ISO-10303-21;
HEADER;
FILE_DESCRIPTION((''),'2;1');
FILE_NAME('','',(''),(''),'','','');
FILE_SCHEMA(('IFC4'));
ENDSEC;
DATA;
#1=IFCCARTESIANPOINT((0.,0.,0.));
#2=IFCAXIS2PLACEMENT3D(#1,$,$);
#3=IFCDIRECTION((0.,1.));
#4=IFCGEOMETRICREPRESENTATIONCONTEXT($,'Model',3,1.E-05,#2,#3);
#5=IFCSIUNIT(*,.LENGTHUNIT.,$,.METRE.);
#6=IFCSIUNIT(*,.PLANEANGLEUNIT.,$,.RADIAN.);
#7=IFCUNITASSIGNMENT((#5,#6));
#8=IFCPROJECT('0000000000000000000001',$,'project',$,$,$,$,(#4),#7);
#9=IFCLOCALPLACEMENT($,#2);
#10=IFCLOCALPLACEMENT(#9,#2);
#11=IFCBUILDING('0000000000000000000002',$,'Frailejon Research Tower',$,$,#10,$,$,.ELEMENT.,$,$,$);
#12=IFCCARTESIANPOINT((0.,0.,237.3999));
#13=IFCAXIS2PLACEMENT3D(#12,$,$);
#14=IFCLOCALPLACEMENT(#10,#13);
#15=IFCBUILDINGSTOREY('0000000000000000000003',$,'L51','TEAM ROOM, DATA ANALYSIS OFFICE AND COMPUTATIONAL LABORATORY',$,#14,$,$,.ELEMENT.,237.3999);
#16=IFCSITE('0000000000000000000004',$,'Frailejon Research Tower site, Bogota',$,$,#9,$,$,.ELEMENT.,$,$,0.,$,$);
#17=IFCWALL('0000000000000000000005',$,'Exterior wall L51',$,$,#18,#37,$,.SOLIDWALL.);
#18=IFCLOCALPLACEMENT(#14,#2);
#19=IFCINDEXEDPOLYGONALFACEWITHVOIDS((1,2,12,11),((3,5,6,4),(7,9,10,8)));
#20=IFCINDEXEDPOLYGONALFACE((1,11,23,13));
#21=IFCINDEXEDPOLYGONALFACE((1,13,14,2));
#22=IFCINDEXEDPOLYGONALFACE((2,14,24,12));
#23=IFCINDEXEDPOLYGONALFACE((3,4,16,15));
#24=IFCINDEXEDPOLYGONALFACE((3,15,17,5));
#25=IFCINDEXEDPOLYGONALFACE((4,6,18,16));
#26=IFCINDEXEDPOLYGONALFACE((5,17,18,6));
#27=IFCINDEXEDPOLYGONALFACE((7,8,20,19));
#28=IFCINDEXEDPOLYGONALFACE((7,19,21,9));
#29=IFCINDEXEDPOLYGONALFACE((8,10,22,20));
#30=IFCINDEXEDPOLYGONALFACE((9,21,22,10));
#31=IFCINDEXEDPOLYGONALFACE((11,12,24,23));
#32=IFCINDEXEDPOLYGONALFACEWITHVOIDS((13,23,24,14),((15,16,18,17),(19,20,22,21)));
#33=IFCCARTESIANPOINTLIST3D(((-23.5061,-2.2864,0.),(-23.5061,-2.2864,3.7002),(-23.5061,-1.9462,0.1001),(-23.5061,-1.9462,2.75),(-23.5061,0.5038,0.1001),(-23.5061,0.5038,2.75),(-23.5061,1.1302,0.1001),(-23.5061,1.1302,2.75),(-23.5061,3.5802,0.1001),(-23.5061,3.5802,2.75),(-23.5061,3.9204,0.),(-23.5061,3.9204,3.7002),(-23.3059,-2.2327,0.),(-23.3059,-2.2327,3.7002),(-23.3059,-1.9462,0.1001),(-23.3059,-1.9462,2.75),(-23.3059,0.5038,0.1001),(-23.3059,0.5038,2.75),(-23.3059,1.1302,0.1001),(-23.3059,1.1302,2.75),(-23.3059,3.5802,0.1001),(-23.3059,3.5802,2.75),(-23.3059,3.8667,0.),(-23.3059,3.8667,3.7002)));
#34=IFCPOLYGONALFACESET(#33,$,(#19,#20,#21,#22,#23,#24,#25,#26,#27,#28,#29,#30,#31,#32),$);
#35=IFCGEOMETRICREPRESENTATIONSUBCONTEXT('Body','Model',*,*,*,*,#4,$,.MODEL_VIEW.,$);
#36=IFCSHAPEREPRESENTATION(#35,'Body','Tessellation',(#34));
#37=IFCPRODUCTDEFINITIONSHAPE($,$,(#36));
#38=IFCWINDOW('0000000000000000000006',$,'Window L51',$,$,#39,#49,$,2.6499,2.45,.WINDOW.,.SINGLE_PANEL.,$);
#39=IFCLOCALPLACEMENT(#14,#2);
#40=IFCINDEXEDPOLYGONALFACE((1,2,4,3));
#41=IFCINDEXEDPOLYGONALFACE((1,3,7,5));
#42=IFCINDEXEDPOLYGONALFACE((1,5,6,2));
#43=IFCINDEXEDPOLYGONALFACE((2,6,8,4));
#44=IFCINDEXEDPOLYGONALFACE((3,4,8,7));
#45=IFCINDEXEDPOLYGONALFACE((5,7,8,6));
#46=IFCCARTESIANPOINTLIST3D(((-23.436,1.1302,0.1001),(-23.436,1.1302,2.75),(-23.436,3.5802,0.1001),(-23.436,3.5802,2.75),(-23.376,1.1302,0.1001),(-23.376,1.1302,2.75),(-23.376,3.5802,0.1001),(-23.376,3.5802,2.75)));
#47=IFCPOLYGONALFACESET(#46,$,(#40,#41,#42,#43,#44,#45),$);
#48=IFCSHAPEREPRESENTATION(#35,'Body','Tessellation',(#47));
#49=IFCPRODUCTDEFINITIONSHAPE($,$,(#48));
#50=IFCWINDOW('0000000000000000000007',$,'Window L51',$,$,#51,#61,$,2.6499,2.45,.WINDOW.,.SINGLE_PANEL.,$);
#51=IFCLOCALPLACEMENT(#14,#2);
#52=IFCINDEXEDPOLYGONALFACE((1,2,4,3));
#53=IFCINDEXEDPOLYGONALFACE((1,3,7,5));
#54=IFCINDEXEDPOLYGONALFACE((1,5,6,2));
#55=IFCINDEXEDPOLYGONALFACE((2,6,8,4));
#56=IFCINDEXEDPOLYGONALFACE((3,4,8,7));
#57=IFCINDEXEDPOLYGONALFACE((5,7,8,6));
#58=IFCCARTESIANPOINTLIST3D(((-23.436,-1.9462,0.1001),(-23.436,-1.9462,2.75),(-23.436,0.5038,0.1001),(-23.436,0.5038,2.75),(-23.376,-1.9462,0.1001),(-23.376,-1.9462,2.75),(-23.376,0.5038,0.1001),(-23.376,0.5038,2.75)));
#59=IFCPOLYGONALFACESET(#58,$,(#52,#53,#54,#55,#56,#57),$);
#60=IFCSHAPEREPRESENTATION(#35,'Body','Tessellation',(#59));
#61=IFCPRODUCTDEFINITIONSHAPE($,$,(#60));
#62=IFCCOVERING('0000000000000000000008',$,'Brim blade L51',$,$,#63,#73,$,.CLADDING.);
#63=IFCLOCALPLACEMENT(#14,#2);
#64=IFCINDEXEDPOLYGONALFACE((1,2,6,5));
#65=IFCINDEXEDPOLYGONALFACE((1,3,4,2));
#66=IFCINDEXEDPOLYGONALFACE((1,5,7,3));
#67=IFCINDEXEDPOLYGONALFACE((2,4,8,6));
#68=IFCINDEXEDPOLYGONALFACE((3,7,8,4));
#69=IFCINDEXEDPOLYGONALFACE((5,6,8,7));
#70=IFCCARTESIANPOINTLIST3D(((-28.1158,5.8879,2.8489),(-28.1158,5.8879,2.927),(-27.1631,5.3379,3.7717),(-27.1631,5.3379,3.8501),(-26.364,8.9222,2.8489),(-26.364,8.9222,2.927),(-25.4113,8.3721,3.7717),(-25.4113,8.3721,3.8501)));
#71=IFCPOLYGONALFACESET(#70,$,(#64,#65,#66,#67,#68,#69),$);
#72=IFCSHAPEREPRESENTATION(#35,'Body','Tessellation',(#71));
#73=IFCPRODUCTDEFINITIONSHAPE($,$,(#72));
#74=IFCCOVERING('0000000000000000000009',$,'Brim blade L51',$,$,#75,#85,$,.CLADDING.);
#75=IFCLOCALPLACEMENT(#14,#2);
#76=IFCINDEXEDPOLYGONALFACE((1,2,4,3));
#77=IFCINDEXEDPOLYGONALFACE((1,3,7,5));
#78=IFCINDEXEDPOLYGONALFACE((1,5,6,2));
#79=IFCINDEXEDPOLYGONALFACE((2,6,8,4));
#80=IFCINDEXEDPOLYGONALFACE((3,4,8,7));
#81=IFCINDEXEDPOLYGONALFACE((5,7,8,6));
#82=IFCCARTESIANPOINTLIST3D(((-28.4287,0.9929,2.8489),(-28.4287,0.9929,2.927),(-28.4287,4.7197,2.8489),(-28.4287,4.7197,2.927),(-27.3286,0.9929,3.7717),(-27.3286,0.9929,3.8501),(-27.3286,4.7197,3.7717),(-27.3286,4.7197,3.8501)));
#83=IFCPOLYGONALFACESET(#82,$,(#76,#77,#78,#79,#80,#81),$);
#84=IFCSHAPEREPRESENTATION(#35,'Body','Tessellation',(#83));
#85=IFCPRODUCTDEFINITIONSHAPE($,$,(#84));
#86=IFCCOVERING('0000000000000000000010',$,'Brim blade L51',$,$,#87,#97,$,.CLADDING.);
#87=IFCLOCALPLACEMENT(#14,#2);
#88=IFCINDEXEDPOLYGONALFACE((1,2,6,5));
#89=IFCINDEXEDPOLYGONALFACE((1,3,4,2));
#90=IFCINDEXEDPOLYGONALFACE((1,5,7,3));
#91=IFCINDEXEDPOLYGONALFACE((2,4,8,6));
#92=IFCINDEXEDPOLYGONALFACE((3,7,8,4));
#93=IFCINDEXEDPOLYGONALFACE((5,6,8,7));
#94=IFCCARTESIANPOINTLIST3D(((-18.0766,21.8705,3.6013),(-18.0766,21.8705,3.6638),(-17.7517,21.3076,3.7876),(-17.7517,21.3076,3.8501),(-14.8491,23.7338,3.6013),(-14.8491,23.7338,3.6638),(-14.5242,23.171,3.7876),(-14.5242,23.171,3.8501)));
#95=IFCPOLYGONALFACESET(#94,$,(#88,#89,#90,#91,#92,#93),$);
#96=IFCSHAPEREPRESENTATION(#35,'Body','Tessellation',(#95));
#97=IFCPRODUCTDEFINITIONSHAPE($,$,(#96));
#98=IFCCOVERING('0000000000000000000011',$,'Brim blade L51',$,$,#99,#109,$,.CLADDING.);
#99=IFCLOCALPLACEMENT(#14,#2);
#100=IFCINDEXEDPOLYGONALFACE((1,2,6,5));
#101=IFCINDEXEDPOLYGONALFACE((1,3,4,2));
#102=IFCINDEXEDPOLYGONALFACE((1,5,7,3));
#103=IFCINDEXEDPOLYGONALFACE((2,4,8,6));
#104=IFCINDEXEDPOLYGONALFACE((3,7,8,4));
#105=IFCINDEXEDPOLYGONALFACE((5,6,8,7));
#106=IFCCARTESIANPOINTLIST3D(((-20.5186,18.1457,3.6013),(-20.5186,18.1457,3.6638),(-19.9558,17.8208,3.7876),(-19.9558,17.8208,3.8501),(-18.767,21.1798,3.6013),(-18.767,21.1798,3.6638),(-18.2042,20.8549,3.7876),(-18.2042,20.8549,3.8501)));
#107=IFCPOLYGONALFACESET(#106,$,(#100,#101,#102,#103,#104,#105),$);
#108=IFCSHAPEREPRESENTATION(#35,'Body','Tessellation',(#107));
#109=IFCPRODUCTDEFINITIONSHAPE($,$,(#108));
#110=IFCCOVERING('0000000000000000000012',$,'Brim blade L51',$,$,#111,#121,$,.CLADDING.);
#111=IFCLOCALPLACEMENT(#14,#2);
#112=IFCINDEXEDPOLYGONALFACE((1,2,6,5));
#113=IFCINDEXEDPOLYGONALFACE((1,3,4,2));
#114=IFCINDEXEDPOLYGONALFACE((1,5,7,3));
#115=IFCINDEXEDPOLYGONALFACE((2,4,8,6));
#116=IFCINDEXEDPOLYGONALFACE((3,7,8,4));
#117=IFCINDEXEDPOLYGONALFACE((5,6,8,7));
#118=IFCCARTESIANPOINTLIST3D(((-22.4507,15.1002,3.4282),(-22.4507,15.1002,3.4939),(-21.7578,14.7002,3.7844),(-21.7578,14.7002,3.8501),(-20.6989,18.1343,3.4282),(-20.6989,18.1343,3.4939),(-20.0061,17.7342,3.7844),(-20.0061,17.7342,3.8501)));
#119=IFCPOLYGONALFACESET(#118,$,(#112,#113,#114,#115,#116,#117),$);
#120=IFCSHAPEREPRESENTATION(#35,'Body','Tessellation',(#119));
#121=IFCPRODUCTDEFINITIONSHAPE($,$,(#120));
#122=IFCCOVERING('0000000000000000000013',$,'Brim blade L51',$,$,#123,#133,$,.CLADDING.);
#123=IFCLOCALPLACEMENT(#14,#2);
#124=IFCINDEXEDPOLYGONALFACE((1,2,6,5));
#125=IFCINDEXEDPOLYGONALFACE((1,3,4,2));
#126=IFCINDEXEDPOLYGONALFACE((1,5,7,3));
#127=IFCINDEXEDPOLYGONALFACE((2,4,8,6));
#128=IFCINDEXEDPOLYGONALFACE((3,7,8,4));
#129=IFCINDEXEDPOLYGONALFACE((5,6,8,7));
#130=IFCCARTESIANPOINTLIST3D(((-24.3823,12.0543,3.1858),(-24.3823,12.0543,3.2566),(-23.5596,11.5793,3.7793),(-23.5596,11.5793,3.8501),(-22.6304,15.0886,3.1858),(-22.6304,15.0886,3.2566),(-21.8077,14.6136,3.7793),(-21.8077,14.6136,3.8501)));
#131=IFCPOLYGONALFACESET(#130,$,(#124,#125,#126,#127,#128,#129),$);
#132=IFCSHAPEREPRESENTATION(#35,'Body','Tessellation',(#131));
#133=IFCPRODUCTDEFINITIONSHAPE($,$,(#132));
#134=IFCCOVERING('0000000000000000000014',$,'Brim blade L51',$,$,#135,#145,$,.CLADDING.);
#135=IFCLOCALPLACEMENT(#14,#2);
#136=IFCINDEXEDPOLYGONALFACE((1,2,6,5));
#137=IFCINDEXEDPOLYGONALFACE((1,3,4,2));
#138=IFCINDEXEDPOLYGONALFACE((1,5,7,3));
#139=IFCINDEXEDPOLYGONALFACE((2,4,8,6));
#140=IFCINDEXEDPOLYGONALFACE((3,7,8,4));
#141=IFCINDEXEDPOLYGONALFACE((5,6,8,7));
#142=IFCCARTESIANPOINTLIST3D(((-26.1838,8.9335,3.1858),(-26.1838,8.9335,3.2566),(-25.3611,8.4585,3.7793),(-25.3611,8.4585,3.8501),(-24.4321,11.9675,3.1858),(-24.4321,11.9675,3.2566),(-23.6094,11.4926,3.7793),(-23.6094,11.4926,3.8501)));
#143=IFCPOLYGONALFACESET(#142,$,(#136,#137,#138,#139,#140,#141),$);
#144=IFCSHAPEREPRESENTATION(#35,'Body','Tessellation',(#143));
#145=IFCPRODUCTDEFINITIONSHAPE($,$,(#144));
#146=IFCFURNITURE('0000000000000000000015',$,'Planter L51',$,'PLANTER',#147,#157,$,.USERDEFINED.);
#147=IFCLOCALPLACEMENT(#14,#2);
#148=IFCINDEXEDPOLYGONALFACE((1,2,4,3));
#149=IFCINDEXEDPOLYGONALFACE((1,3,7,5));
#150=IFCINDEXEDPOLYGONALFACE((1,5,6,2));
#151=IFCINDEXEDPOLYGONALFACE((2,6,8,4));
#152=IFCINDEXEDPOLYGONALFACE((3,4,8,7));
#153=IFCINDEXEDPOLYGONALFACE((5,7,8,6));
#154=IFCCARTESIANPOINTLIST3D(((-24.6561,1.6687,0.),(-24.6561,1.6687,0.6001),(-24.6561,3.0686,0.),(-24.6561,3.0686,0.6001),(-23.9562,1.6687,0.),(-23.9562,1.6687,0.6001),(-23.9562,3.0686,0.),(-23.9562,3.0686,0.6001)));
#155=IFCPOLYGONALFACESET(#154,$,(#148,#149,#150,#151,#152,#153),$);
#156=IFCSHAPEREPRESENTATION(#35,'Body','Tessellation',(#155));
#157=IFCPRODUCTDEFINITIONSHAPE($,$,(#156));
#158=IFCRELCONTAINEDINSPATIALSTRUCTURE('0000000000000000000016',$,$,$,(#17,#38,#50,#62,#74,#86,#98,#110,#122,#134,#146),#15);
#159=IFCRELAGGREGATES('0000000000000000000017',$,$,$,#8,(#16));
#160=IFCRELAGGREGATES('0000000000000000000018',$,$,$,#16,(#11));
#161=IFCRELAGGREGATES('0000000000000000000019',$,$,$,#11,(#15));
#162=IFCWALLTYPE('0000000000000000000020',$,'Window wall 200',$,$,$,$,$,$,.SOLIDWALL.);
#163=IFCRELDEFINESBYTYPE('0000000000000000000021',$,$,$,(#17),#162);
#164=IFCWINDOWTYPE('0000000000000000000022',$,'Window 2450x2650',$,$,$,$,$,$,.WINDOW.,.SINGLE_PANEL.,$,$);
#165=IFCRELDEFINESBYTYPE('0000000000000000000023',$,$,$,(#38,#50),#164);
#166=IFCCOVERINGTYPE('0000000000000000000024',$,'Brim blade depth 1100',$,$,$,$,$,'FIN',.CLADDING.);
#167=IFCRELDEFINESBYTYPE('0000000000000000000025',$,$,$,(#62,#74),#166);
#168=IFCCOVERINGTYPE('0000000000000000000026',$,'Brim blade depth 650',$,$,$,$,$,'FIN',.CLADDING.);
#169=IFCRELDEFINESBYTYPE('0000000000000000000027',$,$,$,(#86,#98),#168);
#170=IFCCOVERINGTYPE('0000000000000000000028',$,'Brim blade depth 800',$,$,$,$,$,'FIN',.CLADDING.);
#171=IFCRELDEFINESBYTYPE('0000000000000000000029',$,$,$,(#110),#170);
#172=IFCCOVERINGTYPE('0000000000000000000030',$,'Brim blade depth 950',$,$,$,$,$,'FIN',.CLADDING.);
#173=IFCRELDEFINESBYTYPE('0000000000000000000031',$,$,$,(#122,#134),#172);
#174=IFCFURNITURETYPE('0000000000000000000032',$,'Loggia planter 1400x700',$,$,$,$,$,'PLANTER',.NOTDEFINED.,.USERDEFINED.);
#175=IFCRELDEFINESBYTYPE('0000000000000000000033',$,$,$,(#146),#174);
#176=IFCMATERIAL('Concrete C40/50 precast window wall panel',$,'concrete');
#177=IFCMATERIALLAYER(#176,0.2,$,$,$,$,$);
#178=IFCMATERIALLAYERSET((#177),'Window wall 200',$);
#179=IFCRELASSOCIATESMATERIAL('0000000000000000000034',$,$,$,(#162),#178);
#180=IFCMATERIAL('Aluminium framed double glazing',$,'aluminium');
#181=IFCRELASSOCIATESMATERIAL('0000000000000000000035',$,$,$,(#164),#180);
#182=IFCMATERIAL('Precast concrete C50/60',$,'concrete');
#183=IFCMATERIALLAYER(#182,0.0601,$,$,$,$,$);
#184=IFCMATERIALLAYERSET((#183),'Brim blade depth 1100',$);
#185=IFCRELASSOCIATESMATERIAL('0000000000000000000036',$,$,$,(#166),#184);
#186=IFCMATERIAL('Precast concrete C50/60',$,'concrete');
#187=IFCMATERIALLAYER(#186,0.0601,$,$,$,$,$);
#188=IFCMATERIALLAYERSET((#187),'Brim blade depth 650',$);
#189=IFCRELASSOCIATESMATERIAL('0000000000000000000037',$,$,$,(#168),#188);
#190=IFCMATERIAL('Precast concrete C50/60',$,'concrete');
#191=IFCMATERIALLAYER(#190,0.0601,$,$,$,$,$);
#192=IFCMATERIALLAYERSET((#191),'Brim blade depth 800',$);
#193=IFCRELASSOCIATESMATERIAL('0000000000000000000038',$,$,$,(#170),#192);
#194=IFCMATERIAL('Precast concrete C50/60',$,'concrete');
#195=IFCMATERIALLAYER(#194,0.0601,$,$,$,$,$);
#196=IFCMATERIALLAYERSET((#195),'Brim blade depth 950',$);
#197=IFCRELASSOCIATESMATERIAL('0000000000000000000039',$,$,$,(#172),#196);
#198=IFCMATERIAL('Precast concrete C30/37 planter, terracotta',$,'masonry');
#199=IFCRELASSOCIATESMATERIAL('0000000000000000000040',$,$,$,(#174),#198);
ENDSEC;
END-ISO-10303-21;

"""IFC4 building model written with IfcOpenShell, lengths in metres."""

from ifc_helpers import new_model, si_unit, direction, frame, frame_2d, origin, origin_2d, place, context, subcontext, project, spatial, polyline, rectangle, outline, extrude, material, layer, layer_set, type_object, element, fill, save


model = new_model("IFC4")

# Units and contexts
model_context = context("Model", 3, precision=1e-05, world=origin(), true_north=direction((0.0, 1.0)))
body_context = subcontext(model_context, "Body", "Model", "MODEL_VIEW")
ifc_project = project(units=[si_unit("LENGTHUNIT", "METRE"), si_unit("PLANEANGLEUNIT", "RADIAN")], contexts=[model_context])

# Site, building, storey
site_placement = place(None, origin())
site = spatial("IfcSite", under=ifc_project, at=site_placement, Name="Frailejon Research Tower site, Bogota", CompositionType="ELEMENT", RefElevation=0.0)
building_placement = place(site_placement, origin())
building = spatial("IfcBuilding", under=site, at=building_placement, Name="Frailejon Research Tower", CompositionType="ELEMENT")
storey_placement = place(building_placement, frame((0.0, 0.0, 237.3999)))
storey = spatial("IfcBuildingStorey", under=building, at=storey_placement, Name="L51", Description="TEAM ROOM, DATA ANALYSIS OFFICE AND COMPUTATIONAL LABORATORY", CompositionType="ELEMENT", Elevation=237.3999)

# Wall, openings, windows
ifc_material_1 = material(Name="Concrete C40/50 precast window wall panel", Category="concrete")
ifc_layer_1 = layer(ifc_material_1, 0.2)
ifc_layer_set_1 = layer_set([ifc_layer_1], Name="Window wall 200")
wall_type_1 = type_object("IfcWallType", Name="Window wall 200", PredefinedType="SOLIDWALL", material=ifc_layer_set_1)
wall_1_placement = place(storey_placement, frame((-23.406, 3.8936, 0.0), z_axis=(0.0, 0.0, 1.0), x_axis=(0.0, -1.0, 0.0)))
wall_1 = element("IfcWall", 1, at=wall_1_placement, inside=storey, type_object=wall_type_1, Name="Exterior wall L51", PredefinedType="SOLIDWALL", context=body_context, shape_type="SweptSolid", body=[
    extrude(outline(polyline([(-0.0269, -0.1001), (1.0076, -0.1001), (2.042, -0.1001), (3.0767, -0.1001), (4.1111, -0.1001), (5.1455, -0.1001), (6.1799, -0.1001), (6.1262, 0.1001), (5.1096, 0.1001), (4.093, 0.1001), (3.0767, 0.1001), (2.0601, 0.1001), (1.0435, 0.1001), (0.0269, 0.1001), (-0.0269, -0.1001)])), origin(), (0.0, 0.0, 1.0), 3.7002),
])
opening_1_placement = place(wall_1_placement, frame((0.3132, 0.0, 0.1001)))
opening_1 = element("IfcOpeningElement", 2, at=opening_1_placement, cuts=wall_1, PredefinedType="OPENING", context=body_context, shape_type="SweptSolid", body=[
    extrude(rectangle(XDim=2.45, YDim=2.6499, at=frame_2d((1.2251, 1.325))), frame((0.0, 0.1099, 0.0), z_axis=(0.0, -1.0, 0.0), x_axis=(1.0, 0.0, 0.0)), (0.0, 0.0, 1.0), 0.22),
])
opening_2_placement = place(wall_1_placement, frame((3.3896, 0.0, 0.1001)))
opening_2 = element("IfcOpeningElement", 3, at=opening_2_placement, cuts=wall_1, PredefinedType="OPENING", context=body_context, shape_type="SweptSolid", body=[
    extrude(rectangle(XDim=2.45, YDim=2.6499, at=frame_2d((1.2251, 1.325))), frame((0.0, 0.1099, 0.0), z_axis=(0.0, -1.0, 0.0), x_axis=(1.0, 0.0, 0.0)), (0.0, 0.0, 1.0), 0.22),
])
ifc_material_2 = material(Name="Aluminium framed double glazing", Category="aluminium")
window_type = type_object("IfcWindowType", Name="Window 2450x2650", PartitioningType="SINGLE_PANEL", PredefinedType="WINDOW", material=ifc_material_2)
window_1_placement = place(opening_1_placement, origin())
window_1 = element("IfcWindow", 4, at=window_1_placement, inside=storey, type_object=window_type, Name="Window L51", OverallHeight=2.6499, OverallWidth=2.45, PartitioningType="SINGLE_PANEL", PredefinedType="WINDOW", context=body_context, shape_type="SweptSolid", body=[
    extrude(rectangle(XDim=2.45, YDim=2.6499, at=frame_2d((1.2251, 1.325))), frame((0.0, 0.03, 0.0), z_axis=(0.0, -1.0, 0.0), x_axis=(1.0, 0.0, 0.0)), (0.0, 0.0, 1.0), 0.0601),
])
fill(opening_1, window_1)
window_2_placement = place(opening_2_placement, origin())
window_2 = element("IfcWindow", 5, at=window_2_placement, inside=storey, type_object=window_type, Name="Window L51", OverallHeight=2.6499, OverallWidth=2.45, PartitioningType="SINGLE_PANEL", PredefinedType="WINDOW", context=body_context, shape_type="SweptSolid", body=[
    extrude(rectangle(XDim=2.45, YDim=2.6499, at=frame_2d((1.2251, 1.325))), frame((0.0, 0.03, 0.0), z_axis=(0.0, -1.0, 0.0), x_axis=(1.0, 0.0, 0.0)), (0.0, 0.0, 1.0), 0.0601),
])
fill(opening_2, window_2)

# Coverings
ifc_material_3 = material(Name="Precast concrete C50/60", Category="concrete")
ifc_layer_2 = layer(ifc_material_3, 0.0601)
ifc_layer_set_2 = layer_set([ifc_layer_2], Name="Brim blade depth 1100")
covering_type_1 = type_object("IfcCoveringType", Name="Brim blade depth 1100", ElementType="FIN", PredefinedType="CLADDING", material=ifc_layer_set_2)
covering_1_placement = place(storey_placement, frame((-27.1631, 5.3379, 3.8501), z_axis=(0.500001, 0.866025, 0.0), x_axis=(-0.866025, 0.500001, 0.0)))
element("IfcCovering", 6, at=covering_1_placement, inside=storey, type_object=covering_type_1, Name="Brim blade L51", PredefinedType="CLADDING", context=body_context, shape_type="SweptSolid", body=[
    extrude(outline(polyline([(0.0, -0.0784), (1.1001, -1.0012), (1.1001, -0.9231), (0.0, 0.0), (0.0, -0.0784)])), origin(), (0.0, 0.0, 1.0), 3.5037),
])
covering_2_placement = place(storey_placement, frame((-27.3286, 0.9929, 3.8501), z_axis=(0.0, 1.0, 0.0), x_axis=(-1.0, 0.0, 0.0)))
element("IfcCovering", 7, at=covering_2_placement, inside=storey, type_object=covering_type_1, Name="Brim blade L51", PredefinedType="CLADDING", context=body_context, shape_type="SweptSolid", body=[
    extrude(outline(polyline([(0.0, -0.0784), (1.1001, -1.0012), (1.1001, -0.9231), (0.0, 0.0), (0.0, -0.0784)])), origin(), (0.0, 0.0, 1.0), 3.7268),
])
ifc_material_4 = material(Name="Precast concrete C50/60", Category="concrete")
ifc_layer_3 = layer(ifc_material_4, 0.0601)
ifc_layer_set_3 = layer_set([ifc_layer_3], Name="Brim blade depth 650")
covering_type_2 = type_object("IfcCoveringType", Name="Brim blade depth 650", ElementType="FIN", PredefinedType="CLADDING", material=ifc_layer_set_3)
covering_3_placement = place(storey_placement, frame((-17.7517, 21.3076, 3.8501), z_axis=(0.866036, 0.499981, 0.0), x_axis=(-0.499981, 0.866036, 0.0)))
element("IfcCovering", 8, at=covering_3_placement, inside=storey, type_object=covering_type_2, Name="Brim blade L51", PredefinedType="CLADDING", context=body_context, shape_type="SweptSolid", body=[
    extrude(outline(polyline([(0.0, -0.0625), (0.6499, -0.2488), (0.6499, -0.1863), (0.0, 0.0), (0.0, -0.0625)])), origin(), (0.0, 0.0, 1.0), 3.7268),
])
covering_4_placement = place(storey_placement, frame((-19.9558, 17.8208, 3.8501), z_axis=(0.49998, 0.866037, 0.0), x_axis=(-0.866037, 0.49998, 0.0)))
element("IfcCovering", 9, at=covering_4_placement, inside=storey, type_object=covering_type_2, Name="Brim blade L51", PredefinedType="CLADDING", context=body_context, shape_type="SweptSolid", body=[
    extrude(outline(polyline([(0.0, -0.0625), (0.6499, -0.2488), (0.6499, -0.1863), (0.0, 0.0), (0.0, -0.0625)])), origin(), (0.0, 0.0, 1.0), 3.5034),
])
ifc_material_5 = material(Name="Precast concrete C50/60", Category="concrete")
ifc_layer_4 = layer(ifc_material_5, 0.0601)
ifc_layer_set_4 = layer_set([ifc_layer_4], Name="Brim blade depth 800")
covering_type_3 = type_object("IfcCoveringType", Name="Brim blade depth 800", ElementType="FIN", PredefinedType="CLADDING", material=ifc_layer_set_4)
covering_5_placement = place(storey_placement, frame((-21.7578, 14.7002, 3.8501), z_axis=(0.500013, 0.866018, 0.0), x_axis=(-0.866018, 0.500013, 0.0)))
element("IfcCovering", 10, at=covering_5_placement, inside=storey, type_object=covering_type_3, Name="Brim blade L51", PredefinedType="CLADDING", context=body_context, shape_type="SweptSolid", body=[
    extrude(outline(polyline([(0.0, -0.0657), (0.8, -0.4219), (0.8, -0.3562), (0.0, 0.0), (0.0, -0.0657)])), origin(), (0.0, 0.0, 1.0), 3.5034),
])
ifc_material_6 = material(Name="Precast concrete C50/60", Category="concrete")
ifc_layer_5 = layer(ifc_material_6, 0.0601)
ifc_layer_set_5 = layer_set([ifc_layer_5], Name="Brim blade depth 950")
covering_type_4 = type_object("IfcCoveringType", Name="Brim blade depth 950", ElementType="FIN", PredefinedType="CLADDING", material=ifc_layer_set_5)
covering_6_placement = place(storey_placement, frame((-23.5596, 11.5793, 3.8501), z_axis=(0.500001, 0.866025, 0.0), x_axis=(-0.866025, 0.500001, 0.0)))
element("IfcCovering", 11, at=covering_6_placement, inside=storey, type_object=covering_type_4, Name="Brim blade L51", PredefinedType="CLADDING", context=body_context, shape_type="SweptSolid", body=[
    extrude(outline(polyline([(0.0, -0.0708), (0.95, -0.6643), (0.95, -0.5935), (0.0, 0.0), (0.0, -0.0708)])), origin(), (0.0, 0.0, 1.0), 3.5037),
])
covering_7_placement = place(storey_placement, frame((-25.3611, 8.4585, 3.8501), z_axis=(0.499992, 0.86603, 0.0), x_axis=(-0.86603, 0.499992, 0.0)))
element("IfcCovering", 12, at=covering_7_placement, inside=storey, type_object=covering_type_4, Name="Brim blade L51", PredefinedType="CLADDING", context=body_context, shape_type="SweptSolid", body=[
    extrude(outline(polyline([(0.0, -0.0708), (0.95, -0.6643), (0.95, -0.5935), (0.0, 0.0), (0.0, -0.0708)])), origin(), (0.0, 0.0, 1.0), 3.5034),
])

# Furniture
ifc_material_7 = material(Name="Precast concrete C30/37 planter, terracotta", Category="masonry")
furniture_type = type_object("IfcFurnitureType", Name="Loggia planter 1400x700", ElementType="PLANTER", AssemblyPlace="NOTDEFINED", PredefinedType="USERDEFINED", material=ifc_material_7)
furniture_placement = place(storey_placement, frame((-24.3062, 2.3687, 0.0), z_axis=(0.0, 0.0, 1.0), x_axis=(0.0, -1.0, 0.0)))
element("IfcFurniture", 13, at=furniture_placement, inside=storey, type_object=furniture_type, Name="Planter L51", ObjectType="PLANTER", PredefinedType="USERDEFINED", context=body_context, shape_type="SweptSolid", body=[
    extrude(rectangle(XDim=1.3999, YDim=0.7, at=origin_2d()), origin(), (0.0, 0.0, 1.0), 0.6001),
])

save(model, "model.ifc")
